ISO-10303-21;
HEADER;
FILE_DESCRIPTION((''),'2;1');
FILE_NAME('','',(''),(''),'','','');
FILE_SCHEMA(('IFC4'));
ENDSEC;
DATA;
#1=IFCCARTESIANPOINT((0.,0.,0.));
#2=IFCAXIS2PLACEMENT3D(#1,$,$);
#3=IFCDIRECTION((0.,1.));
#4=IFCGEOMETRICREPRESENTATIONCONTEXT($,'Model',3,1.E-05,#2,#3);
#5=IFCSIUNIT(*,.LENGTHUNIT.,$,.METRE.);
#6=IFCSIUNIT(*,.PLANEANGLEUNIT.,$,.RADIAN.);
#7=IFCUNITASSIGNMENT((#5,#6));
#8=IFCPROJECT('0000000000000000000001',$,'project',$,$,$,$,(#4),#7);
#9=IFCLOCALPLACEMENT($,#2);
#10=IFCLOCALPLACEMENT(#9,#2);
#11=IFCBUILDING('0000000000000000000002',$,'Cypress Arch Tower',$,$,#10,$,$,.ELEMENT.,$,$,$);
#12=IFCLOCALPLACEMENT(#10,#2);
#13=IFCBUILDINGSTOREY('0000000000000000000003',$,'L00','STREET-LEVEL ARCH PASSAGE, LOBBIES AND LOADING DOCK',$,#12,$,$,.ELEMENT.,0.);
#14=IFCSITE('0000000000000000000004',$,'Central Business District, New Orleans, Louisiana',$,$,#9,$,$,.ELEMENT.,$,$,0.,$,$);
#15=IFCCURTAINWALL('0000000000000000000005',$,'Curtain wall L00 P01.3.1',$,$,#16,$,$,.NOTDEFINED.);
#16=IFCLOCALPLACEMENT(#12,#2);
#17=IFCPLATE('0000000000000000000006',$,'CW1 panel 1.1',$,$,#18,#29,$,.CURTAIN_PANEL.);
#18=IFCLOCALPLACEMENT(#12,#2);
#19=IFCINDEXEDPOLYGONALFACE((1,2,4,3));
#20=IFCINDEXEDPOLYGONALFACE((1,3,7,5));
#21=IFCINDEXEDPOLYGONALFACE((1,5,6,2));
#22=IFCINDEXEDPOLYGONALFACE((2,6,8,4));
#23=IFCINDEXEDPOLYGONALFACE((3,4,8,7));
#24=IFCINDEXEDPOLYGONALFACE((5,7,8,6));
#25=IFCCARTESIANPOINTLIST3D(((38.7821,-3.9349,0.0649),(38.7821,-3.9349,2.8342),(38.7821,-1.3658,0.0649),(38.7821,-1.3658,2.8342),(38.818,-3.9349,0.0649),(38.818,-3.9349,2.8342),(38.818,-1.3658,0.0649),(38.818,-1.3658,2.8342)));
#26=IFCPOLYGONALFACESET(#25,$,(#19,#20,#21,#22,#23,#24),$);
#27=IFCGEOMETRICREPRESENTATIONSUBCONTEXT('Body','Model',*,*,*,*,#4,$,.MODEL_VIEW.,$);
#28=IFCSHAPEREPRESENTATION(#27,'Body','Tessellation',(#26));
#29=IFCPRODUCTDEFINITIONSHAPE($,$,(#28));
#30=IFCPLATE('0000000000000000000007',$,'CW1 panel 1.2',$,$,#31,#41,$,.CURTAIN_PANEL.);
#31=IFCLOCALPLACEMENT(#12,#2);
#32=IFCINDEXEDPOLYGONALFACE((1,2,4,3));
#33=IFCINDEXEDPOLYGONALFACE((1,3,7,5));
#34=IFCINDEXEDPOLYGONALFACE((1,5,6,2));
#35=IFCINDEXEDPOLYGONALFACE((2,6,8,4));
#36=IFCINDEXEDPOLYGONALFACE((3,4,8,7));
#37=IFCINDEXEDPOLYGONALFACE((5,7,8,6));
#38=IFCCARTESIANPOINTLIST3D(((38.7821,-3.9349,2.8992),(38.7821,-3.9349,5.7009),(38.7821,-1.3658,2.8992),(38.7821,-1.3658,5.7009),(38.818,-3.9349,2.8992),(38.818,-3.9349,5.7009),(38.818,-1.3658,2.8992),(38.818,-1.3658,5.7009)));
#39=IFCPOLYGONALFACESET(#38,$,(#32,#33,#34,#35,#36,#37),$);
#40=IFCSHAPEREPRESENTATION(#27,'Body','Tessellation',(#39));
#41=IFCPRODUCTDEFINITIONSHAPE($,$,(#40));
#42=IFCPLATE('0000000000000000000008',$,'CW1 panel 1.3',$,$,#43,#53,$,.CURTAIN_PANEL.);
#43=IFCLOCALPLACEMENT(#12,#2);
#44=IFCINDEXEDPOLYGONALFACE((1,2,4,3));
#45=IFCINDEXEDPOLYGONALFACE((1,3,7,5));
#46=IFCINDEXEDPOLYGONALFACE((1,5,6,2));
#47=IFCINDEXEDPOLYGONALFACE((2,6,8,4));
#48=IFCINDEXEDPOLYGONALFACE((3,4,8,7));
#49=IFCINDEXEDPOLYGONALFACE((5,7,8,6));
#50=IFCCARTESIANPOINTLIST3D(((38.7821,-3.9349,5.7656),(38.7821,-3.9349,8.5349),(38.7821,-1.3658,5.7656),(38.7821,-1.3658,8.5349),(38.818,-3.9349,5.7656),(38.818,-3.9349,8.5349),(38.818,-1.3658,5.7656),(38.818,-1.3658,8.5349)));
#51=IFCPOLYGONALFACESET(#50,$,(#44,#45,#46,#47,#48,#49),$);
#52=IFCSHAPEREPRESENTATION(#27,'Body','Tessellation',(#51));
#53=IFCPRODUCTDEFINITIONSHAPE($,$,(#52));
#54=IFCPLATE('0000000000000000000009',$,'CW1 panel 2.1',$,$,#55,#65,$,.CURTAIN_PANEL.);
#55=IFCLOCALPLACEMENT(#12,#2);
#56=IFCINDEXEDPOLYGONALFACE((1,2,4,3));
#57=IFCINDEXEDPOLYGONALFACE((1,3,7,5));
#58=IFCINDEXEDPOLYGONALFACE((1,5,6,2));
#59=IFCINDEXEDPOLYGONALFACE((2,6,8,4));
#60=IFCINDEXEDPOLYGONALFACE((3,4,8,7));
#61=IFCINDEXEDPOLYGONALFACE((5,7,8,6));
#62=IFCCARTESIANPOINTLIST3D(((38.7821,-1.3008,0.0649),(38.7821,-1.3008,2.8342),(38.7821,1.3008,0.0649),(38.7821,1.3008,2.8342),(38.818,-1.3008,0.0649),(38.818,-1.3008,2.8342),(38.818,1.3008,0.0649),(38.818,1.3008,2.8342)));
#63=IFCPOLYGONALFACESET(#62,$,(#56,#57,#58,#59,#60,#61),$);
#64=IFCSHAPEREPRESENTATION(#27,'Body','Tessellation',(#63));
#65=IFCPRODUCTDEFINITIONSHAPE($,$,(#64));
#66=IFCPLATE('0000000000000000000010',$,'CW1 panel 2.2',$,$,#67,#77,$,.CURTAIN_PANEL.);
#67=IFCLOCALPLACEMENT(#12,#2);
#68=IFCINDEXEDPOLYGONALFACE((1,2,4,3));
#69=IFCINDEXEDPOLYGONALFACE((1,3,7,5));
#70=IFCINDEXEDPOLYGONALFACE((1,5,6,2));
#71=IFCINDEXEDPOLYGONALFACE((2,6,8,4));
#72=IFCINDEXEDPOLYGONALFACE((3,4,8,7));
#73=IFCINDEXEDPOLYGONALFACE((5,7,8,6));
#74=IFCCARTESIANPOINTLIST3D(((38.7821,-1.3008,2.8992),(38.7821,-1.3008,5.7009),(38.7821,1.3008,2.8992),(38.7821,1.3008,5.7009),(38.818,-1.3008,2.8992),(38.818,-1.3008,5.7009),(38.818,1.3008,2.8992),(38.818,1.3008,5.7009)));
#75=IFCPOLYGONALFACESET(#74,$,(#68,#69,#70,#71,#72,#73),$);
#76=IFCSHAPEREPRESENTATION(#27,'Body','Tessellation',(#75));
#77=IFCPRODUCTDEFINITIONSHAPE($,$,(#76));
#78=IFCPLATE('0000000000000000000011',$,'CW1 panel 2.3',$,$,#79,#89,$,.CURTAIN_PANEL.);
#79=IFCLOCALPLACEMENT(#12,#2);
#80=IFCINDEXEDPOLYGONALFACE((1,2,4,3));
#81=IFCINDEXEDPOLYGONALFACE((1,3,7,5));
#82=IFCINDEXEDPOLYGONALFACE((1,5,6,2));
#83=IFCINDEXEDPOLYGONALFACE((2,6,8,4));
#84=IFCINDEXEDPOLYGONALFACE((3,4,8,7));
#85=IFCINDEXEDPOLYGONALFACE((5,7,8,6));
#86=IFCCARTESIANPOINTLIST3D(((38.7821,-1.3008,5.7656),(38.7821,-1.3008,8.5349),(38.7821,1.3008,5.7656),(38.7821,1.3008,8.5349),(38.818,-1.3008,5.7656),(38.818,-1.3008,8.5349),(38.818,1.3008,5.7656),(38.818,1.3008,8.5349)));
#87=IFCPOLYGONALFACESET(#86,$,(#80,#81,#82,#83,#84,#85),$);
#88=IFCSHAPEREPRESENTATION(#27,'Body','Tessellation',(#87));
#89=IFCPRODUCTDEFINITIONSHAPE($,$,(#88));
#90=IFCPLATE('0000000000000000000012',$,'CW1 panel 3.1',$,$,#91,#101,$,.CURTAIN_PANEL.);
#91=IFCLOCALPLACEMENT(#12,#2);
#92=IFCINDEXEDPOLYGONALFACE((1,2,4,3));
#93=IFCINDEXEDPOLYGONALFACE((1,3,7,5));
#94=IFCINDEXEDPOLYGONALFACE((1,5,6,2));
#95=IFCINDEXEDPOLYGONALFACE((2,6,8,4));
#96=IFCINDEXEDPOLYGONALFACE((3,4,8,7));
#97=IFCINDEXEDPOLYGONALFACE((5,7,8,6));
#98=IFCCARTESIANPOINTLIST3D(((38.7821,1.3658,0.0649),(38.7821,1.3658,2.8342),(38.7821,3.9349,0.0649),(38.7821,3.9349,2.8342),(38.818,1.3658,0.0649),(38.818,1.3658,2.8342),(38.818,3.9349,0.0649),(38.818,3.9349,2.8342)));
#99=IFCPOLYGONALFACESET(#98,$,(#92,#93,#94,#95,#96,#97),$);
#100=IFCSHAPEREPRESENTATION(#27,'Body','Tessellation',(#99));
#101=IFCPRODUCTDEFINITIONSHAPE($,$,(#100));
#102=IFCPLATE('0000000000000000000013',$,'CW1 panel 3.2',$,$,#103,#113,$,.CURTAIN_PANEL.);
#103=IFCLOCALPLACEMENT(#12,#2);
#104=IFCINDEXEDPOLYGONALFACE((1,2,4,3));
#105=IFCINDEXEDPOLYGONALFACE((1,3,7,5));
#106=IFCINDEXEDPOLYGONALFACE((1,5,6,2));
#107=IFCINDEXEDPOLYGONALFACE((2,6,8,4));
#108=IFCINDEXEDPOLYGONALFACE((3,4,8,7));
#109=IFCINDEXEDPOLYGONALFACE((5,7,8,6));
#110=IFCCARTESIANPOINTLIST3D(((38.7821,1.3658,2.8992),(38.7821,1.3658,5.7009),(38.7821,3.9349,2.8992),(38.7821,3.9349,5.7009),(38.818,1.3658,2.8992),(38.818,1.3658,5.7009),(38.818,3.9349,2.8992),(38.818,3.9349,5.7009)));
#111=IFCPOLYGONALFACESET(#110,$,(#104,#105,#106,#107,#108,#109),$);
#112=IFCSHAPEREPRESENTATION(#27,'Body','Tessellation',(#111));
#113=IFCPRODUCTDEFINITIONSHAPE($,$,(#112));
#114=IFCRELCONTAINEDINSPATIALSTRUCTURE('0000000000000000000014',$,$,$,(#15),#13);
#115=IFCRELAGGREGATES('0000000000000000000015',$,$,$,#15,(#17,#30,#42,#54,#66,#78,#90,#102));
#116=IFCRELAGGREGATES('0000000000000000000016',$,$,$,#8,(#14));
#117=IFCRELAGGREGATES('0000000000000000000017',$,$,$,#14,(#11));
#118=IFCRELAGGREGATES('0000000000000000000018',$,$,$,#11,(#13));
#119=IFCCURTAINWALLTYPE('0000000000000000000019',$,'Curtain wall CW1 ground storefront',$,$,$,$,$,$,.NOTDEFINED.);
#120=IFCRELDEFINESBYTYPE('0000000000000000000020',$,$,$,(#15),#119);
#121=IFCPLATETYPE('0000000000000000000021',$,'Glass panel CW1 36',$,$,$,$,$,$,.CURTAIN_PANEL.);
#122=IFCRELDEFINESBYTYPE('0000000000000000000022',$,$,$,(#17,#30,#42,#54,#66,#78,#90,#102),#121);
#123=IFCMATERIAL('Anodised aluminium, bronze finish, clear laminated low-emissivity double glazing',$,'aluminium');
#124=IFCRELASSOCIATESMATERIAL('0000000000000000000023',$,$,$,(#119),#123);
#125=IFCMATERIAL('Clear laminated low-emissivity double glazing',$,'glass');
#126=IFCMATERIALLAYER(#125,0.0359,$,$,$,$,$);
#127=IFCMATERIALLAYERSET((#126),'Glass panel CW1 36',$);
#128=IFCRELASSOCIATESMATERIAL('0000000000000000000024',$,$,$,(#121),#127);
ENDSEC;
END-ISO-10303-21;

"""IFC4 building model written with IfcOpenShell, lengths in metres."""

from ifc_helpers import new_model, si_unit, direction, frame, origin, origin_2d, place, context, subcontext, project, spatial, rectangle, extrude, material, layer, layer_set, type_object, element, aggregate, save


model = new_model("IFC4")

# Units and contexts
model_context = context("Model", 3, precision=1e-05, world=origin(), true_north=direction((0.0, 1.0)))
body_context = subcontext(model_context, "Body", "Model", "MODEL_VIEW")
ifc_project = project(units=[si_unit("LENGTHUNIT", "METRE"), si_unit("PLANEANGLEUNIT", "RADIAN")], contexts=[model_context])

# Site, building, storey
site_placement = place(None, origin())
site = spatial("IfcSite", under=ifc_project, at=site_placement, Name="Central Business District, New Orleans, Louisiana", CompositionType="ELEMENT", RefElevation=0.0)
building_placement = place(site_placement, origin())
building = spatial("IfcBuilding", under=site, at=building_placement, Name="Cypress Arch Tower", CompositionType="ELEMENT")
storey_placement = place(building_placement, origin())
storey = spatial("IfcBuildingStorey", under=building, at=storey_placement, Name="L00", Description="STREET-LEVEL ARCH PASSAGE, LOBBIES AND LOADING DOCK", CompositionType="ELEMENT", Elevation=0.0)

# Curtain wall, plates
ifc_material_1 = material(Name="Anodised aluminium, bronze finish, clear laminated low-emissivity double glazing", Category="aluminium")
curtain_wall_type = type_object("IfcCurtainWallType", Name="Curtain wall CW1 ground storefront", PredefinedType="NOTDEFINED", material=ifc_material_1)
curtain_wall_placement = place(storey_placement, origin())
curtain_wall = element("IfcCurtainWall", 1, at=curtain_wall_placement, inside=storey, type_object=curtain_wall_type, Name="Curtain wall L00 P01.3.1", PredefinedType="NOTDEFINED")
ifc_material_2 = material(Name="Clear laminated low-emissivity double glazing", Category="glass")
ifc_layer = layer(ifc_material_2, 0.0359)
ifc_layer_set = layer_set([ifc_layer], Name="Glass panel CW1 36")
plate_type = type_object("IfcPlateType", Name="Glass panel CW1 36", PredefinedType="CURTAIN_PANEL", material=ifc_layer_set)
plate_1_placement = place(storey_placement, frame((38.8, -2.6504, 0.0649), z_axis=(0.0, 0.0, 1.0), x_axis=(0.0, 1.0, 0.0)))
plate_1 = element("IfcPlate", 2, at=plate_1_placement, type_object=plate_type, Name="CW1 panel 1.1", PredefinedType="CURTAIN_PANEL", context=body_context, shape_type="SweptSolid", body=[
    extrude(rectangle(XDim=2.5691, YDim=0.0359, at=origin_2d()), origin(), (0.0, 0.0, 1.0), 2.7693),
])
plate_2_placement = place(storey_placement, frame((38.8, -2.6504, 2.8992), z_axis=(0.0, 0.0, 1.0), x_axis=(0.0, 1.0, 0.0)))
plate_2 = element("IfcPlate", 3, at=plate_2_placement, type_object=plate_type, Name="CW1 panel 1.2", PredefinedType="CURTAIN_PANEL", context=body_context, shape_type="SweptSolid", body=[
    extrude(rectangle(XDim=2.5691, YDim=0.0359, at=origin_2d()), origin(), (0.0, 0.0, 1.0), 2.8018),
])
plate_3_placement = place(storey_placement, frame((38.8, -2.6504, 5.7656), z_axis=(0.0, 0.0, 1.0), x_axis=(0.0, 1.0, 0.0)))
plate_3 = element("IfcPlate", 4, at=plate_3_placement, type_object=plate_type, Name="CW1 panel 1.3", PredefinedType="CURTAIN_PANEL", context=body_context, shape_type="SweptSolid", body=[
    extrude(rectangle(XDim=2.5691, YDim=0.0359, at=origin_2d()), origin(), (0.0, 0.0, 1.0), 2.7693),
])
plate_4_placement = place(storey_placement, frame((38.8, 0.0, 0.0649), z_axis=(0.0, 0.0, 1.0), x_axis=(0.0, 1.0, 0.0)))
plate_4 = element("IfcPlate", 5, at=plate_4_placement, type_object=plate_type, Name="CW1 panel 2.1", PredefinedType="CURTAIN_PANEL", context=body_context, shape_type="SweptSolid", body=[
    extrude(rectangle(XDim=2.6016, YDim=0.0359, at=origin_2d()), origin(), (0.0, 0.0, 1.0), 2.7693),
])
plate_5_placement = place(storey_placement, frame((38.8, 0.0, 2.8992), z_axis=(0.0, 0.0, 1.0), x_axis=(0.0, 1.0, 0.0)))
plate_5 = element("IfcPlate", 6, at=plate_5_placement, type_object=plate_type, Name="CW1 panel 2.2", PredefinedType="CURTAIN_PANEL", context=body_context, shape_type="SweptSolid", body=[
    extrude(rectangle(XDim=2.6016, YDim=0.0359, at=origin_2d()), origin(), (0.0, 0.0, 1.0), 2.8018),
])
plate_6_placement = place(storey_placement, frame((38.8, 0.0, 5.7656), z_axis=(0.0, 0.0, 1.0), x_axis=(0.0, 1.0, 0.0)))
plate_6 = element("IfcPlate", 7, at=plate_6_placement, type_object=plate_type, Name="CW1 panel 2.3", PredefinedType="CURTAIN_PANEL", context=body_context, shape_type="SweptSolid", body=[
    extrude(rectangle(XDim=2.6016, YDim=0.0359, at=origin_2d()), origin(), (0.0, 0.0, 1.0), 2.7693),
])
plate_7_placement = place(storey_placement, frame((38.8, 2.6504, 0.0649), z_axis=(0.0, 0.0, 1.0), x_axis=(0.0, 1.0, 0.0)))
plate_7 = element("IfcPlate", 8, at=plate_7_placement, type_object=plate_type, Name="CW1 panel 3.1", PredefinedType="CURTAIN_PANEL", context=body_context, shape_type="SweptSolid", body=[
    extrude(rectangle(XDim=2.5691, YDim=0.0359, at=origin_2d()), origin(), (0.0, 0.0, 1.0), 2.7693),
])
plate_8_placement = place(storey_placement, frame((38.8, 2.6504, 2.8992), z_axis=(0.0, 0.0, 1.0), x_axis=(0.0, 1.0, 0.0)))
plate_8 = element("IfcPlate", 9, at=plate_8_placement, type_object=plate_type, Name="CW1 panel 3.2", PredefinedType="CURTAIN_PANEL", context=body_context, shape_type="SweptSolid", body=[
    extrude(rectangle(XDim=2.5691, YDim=0.0359, at=origin_2d()), origin(), (0.0, 0.0, 1.0), 2.8018),
])
aggregate(curtain_wall, [plate_1, plate_2, plate_3, plate_4, plate_5, plate_6, plate_7, plate_8])

save(model, "model.ifc")
